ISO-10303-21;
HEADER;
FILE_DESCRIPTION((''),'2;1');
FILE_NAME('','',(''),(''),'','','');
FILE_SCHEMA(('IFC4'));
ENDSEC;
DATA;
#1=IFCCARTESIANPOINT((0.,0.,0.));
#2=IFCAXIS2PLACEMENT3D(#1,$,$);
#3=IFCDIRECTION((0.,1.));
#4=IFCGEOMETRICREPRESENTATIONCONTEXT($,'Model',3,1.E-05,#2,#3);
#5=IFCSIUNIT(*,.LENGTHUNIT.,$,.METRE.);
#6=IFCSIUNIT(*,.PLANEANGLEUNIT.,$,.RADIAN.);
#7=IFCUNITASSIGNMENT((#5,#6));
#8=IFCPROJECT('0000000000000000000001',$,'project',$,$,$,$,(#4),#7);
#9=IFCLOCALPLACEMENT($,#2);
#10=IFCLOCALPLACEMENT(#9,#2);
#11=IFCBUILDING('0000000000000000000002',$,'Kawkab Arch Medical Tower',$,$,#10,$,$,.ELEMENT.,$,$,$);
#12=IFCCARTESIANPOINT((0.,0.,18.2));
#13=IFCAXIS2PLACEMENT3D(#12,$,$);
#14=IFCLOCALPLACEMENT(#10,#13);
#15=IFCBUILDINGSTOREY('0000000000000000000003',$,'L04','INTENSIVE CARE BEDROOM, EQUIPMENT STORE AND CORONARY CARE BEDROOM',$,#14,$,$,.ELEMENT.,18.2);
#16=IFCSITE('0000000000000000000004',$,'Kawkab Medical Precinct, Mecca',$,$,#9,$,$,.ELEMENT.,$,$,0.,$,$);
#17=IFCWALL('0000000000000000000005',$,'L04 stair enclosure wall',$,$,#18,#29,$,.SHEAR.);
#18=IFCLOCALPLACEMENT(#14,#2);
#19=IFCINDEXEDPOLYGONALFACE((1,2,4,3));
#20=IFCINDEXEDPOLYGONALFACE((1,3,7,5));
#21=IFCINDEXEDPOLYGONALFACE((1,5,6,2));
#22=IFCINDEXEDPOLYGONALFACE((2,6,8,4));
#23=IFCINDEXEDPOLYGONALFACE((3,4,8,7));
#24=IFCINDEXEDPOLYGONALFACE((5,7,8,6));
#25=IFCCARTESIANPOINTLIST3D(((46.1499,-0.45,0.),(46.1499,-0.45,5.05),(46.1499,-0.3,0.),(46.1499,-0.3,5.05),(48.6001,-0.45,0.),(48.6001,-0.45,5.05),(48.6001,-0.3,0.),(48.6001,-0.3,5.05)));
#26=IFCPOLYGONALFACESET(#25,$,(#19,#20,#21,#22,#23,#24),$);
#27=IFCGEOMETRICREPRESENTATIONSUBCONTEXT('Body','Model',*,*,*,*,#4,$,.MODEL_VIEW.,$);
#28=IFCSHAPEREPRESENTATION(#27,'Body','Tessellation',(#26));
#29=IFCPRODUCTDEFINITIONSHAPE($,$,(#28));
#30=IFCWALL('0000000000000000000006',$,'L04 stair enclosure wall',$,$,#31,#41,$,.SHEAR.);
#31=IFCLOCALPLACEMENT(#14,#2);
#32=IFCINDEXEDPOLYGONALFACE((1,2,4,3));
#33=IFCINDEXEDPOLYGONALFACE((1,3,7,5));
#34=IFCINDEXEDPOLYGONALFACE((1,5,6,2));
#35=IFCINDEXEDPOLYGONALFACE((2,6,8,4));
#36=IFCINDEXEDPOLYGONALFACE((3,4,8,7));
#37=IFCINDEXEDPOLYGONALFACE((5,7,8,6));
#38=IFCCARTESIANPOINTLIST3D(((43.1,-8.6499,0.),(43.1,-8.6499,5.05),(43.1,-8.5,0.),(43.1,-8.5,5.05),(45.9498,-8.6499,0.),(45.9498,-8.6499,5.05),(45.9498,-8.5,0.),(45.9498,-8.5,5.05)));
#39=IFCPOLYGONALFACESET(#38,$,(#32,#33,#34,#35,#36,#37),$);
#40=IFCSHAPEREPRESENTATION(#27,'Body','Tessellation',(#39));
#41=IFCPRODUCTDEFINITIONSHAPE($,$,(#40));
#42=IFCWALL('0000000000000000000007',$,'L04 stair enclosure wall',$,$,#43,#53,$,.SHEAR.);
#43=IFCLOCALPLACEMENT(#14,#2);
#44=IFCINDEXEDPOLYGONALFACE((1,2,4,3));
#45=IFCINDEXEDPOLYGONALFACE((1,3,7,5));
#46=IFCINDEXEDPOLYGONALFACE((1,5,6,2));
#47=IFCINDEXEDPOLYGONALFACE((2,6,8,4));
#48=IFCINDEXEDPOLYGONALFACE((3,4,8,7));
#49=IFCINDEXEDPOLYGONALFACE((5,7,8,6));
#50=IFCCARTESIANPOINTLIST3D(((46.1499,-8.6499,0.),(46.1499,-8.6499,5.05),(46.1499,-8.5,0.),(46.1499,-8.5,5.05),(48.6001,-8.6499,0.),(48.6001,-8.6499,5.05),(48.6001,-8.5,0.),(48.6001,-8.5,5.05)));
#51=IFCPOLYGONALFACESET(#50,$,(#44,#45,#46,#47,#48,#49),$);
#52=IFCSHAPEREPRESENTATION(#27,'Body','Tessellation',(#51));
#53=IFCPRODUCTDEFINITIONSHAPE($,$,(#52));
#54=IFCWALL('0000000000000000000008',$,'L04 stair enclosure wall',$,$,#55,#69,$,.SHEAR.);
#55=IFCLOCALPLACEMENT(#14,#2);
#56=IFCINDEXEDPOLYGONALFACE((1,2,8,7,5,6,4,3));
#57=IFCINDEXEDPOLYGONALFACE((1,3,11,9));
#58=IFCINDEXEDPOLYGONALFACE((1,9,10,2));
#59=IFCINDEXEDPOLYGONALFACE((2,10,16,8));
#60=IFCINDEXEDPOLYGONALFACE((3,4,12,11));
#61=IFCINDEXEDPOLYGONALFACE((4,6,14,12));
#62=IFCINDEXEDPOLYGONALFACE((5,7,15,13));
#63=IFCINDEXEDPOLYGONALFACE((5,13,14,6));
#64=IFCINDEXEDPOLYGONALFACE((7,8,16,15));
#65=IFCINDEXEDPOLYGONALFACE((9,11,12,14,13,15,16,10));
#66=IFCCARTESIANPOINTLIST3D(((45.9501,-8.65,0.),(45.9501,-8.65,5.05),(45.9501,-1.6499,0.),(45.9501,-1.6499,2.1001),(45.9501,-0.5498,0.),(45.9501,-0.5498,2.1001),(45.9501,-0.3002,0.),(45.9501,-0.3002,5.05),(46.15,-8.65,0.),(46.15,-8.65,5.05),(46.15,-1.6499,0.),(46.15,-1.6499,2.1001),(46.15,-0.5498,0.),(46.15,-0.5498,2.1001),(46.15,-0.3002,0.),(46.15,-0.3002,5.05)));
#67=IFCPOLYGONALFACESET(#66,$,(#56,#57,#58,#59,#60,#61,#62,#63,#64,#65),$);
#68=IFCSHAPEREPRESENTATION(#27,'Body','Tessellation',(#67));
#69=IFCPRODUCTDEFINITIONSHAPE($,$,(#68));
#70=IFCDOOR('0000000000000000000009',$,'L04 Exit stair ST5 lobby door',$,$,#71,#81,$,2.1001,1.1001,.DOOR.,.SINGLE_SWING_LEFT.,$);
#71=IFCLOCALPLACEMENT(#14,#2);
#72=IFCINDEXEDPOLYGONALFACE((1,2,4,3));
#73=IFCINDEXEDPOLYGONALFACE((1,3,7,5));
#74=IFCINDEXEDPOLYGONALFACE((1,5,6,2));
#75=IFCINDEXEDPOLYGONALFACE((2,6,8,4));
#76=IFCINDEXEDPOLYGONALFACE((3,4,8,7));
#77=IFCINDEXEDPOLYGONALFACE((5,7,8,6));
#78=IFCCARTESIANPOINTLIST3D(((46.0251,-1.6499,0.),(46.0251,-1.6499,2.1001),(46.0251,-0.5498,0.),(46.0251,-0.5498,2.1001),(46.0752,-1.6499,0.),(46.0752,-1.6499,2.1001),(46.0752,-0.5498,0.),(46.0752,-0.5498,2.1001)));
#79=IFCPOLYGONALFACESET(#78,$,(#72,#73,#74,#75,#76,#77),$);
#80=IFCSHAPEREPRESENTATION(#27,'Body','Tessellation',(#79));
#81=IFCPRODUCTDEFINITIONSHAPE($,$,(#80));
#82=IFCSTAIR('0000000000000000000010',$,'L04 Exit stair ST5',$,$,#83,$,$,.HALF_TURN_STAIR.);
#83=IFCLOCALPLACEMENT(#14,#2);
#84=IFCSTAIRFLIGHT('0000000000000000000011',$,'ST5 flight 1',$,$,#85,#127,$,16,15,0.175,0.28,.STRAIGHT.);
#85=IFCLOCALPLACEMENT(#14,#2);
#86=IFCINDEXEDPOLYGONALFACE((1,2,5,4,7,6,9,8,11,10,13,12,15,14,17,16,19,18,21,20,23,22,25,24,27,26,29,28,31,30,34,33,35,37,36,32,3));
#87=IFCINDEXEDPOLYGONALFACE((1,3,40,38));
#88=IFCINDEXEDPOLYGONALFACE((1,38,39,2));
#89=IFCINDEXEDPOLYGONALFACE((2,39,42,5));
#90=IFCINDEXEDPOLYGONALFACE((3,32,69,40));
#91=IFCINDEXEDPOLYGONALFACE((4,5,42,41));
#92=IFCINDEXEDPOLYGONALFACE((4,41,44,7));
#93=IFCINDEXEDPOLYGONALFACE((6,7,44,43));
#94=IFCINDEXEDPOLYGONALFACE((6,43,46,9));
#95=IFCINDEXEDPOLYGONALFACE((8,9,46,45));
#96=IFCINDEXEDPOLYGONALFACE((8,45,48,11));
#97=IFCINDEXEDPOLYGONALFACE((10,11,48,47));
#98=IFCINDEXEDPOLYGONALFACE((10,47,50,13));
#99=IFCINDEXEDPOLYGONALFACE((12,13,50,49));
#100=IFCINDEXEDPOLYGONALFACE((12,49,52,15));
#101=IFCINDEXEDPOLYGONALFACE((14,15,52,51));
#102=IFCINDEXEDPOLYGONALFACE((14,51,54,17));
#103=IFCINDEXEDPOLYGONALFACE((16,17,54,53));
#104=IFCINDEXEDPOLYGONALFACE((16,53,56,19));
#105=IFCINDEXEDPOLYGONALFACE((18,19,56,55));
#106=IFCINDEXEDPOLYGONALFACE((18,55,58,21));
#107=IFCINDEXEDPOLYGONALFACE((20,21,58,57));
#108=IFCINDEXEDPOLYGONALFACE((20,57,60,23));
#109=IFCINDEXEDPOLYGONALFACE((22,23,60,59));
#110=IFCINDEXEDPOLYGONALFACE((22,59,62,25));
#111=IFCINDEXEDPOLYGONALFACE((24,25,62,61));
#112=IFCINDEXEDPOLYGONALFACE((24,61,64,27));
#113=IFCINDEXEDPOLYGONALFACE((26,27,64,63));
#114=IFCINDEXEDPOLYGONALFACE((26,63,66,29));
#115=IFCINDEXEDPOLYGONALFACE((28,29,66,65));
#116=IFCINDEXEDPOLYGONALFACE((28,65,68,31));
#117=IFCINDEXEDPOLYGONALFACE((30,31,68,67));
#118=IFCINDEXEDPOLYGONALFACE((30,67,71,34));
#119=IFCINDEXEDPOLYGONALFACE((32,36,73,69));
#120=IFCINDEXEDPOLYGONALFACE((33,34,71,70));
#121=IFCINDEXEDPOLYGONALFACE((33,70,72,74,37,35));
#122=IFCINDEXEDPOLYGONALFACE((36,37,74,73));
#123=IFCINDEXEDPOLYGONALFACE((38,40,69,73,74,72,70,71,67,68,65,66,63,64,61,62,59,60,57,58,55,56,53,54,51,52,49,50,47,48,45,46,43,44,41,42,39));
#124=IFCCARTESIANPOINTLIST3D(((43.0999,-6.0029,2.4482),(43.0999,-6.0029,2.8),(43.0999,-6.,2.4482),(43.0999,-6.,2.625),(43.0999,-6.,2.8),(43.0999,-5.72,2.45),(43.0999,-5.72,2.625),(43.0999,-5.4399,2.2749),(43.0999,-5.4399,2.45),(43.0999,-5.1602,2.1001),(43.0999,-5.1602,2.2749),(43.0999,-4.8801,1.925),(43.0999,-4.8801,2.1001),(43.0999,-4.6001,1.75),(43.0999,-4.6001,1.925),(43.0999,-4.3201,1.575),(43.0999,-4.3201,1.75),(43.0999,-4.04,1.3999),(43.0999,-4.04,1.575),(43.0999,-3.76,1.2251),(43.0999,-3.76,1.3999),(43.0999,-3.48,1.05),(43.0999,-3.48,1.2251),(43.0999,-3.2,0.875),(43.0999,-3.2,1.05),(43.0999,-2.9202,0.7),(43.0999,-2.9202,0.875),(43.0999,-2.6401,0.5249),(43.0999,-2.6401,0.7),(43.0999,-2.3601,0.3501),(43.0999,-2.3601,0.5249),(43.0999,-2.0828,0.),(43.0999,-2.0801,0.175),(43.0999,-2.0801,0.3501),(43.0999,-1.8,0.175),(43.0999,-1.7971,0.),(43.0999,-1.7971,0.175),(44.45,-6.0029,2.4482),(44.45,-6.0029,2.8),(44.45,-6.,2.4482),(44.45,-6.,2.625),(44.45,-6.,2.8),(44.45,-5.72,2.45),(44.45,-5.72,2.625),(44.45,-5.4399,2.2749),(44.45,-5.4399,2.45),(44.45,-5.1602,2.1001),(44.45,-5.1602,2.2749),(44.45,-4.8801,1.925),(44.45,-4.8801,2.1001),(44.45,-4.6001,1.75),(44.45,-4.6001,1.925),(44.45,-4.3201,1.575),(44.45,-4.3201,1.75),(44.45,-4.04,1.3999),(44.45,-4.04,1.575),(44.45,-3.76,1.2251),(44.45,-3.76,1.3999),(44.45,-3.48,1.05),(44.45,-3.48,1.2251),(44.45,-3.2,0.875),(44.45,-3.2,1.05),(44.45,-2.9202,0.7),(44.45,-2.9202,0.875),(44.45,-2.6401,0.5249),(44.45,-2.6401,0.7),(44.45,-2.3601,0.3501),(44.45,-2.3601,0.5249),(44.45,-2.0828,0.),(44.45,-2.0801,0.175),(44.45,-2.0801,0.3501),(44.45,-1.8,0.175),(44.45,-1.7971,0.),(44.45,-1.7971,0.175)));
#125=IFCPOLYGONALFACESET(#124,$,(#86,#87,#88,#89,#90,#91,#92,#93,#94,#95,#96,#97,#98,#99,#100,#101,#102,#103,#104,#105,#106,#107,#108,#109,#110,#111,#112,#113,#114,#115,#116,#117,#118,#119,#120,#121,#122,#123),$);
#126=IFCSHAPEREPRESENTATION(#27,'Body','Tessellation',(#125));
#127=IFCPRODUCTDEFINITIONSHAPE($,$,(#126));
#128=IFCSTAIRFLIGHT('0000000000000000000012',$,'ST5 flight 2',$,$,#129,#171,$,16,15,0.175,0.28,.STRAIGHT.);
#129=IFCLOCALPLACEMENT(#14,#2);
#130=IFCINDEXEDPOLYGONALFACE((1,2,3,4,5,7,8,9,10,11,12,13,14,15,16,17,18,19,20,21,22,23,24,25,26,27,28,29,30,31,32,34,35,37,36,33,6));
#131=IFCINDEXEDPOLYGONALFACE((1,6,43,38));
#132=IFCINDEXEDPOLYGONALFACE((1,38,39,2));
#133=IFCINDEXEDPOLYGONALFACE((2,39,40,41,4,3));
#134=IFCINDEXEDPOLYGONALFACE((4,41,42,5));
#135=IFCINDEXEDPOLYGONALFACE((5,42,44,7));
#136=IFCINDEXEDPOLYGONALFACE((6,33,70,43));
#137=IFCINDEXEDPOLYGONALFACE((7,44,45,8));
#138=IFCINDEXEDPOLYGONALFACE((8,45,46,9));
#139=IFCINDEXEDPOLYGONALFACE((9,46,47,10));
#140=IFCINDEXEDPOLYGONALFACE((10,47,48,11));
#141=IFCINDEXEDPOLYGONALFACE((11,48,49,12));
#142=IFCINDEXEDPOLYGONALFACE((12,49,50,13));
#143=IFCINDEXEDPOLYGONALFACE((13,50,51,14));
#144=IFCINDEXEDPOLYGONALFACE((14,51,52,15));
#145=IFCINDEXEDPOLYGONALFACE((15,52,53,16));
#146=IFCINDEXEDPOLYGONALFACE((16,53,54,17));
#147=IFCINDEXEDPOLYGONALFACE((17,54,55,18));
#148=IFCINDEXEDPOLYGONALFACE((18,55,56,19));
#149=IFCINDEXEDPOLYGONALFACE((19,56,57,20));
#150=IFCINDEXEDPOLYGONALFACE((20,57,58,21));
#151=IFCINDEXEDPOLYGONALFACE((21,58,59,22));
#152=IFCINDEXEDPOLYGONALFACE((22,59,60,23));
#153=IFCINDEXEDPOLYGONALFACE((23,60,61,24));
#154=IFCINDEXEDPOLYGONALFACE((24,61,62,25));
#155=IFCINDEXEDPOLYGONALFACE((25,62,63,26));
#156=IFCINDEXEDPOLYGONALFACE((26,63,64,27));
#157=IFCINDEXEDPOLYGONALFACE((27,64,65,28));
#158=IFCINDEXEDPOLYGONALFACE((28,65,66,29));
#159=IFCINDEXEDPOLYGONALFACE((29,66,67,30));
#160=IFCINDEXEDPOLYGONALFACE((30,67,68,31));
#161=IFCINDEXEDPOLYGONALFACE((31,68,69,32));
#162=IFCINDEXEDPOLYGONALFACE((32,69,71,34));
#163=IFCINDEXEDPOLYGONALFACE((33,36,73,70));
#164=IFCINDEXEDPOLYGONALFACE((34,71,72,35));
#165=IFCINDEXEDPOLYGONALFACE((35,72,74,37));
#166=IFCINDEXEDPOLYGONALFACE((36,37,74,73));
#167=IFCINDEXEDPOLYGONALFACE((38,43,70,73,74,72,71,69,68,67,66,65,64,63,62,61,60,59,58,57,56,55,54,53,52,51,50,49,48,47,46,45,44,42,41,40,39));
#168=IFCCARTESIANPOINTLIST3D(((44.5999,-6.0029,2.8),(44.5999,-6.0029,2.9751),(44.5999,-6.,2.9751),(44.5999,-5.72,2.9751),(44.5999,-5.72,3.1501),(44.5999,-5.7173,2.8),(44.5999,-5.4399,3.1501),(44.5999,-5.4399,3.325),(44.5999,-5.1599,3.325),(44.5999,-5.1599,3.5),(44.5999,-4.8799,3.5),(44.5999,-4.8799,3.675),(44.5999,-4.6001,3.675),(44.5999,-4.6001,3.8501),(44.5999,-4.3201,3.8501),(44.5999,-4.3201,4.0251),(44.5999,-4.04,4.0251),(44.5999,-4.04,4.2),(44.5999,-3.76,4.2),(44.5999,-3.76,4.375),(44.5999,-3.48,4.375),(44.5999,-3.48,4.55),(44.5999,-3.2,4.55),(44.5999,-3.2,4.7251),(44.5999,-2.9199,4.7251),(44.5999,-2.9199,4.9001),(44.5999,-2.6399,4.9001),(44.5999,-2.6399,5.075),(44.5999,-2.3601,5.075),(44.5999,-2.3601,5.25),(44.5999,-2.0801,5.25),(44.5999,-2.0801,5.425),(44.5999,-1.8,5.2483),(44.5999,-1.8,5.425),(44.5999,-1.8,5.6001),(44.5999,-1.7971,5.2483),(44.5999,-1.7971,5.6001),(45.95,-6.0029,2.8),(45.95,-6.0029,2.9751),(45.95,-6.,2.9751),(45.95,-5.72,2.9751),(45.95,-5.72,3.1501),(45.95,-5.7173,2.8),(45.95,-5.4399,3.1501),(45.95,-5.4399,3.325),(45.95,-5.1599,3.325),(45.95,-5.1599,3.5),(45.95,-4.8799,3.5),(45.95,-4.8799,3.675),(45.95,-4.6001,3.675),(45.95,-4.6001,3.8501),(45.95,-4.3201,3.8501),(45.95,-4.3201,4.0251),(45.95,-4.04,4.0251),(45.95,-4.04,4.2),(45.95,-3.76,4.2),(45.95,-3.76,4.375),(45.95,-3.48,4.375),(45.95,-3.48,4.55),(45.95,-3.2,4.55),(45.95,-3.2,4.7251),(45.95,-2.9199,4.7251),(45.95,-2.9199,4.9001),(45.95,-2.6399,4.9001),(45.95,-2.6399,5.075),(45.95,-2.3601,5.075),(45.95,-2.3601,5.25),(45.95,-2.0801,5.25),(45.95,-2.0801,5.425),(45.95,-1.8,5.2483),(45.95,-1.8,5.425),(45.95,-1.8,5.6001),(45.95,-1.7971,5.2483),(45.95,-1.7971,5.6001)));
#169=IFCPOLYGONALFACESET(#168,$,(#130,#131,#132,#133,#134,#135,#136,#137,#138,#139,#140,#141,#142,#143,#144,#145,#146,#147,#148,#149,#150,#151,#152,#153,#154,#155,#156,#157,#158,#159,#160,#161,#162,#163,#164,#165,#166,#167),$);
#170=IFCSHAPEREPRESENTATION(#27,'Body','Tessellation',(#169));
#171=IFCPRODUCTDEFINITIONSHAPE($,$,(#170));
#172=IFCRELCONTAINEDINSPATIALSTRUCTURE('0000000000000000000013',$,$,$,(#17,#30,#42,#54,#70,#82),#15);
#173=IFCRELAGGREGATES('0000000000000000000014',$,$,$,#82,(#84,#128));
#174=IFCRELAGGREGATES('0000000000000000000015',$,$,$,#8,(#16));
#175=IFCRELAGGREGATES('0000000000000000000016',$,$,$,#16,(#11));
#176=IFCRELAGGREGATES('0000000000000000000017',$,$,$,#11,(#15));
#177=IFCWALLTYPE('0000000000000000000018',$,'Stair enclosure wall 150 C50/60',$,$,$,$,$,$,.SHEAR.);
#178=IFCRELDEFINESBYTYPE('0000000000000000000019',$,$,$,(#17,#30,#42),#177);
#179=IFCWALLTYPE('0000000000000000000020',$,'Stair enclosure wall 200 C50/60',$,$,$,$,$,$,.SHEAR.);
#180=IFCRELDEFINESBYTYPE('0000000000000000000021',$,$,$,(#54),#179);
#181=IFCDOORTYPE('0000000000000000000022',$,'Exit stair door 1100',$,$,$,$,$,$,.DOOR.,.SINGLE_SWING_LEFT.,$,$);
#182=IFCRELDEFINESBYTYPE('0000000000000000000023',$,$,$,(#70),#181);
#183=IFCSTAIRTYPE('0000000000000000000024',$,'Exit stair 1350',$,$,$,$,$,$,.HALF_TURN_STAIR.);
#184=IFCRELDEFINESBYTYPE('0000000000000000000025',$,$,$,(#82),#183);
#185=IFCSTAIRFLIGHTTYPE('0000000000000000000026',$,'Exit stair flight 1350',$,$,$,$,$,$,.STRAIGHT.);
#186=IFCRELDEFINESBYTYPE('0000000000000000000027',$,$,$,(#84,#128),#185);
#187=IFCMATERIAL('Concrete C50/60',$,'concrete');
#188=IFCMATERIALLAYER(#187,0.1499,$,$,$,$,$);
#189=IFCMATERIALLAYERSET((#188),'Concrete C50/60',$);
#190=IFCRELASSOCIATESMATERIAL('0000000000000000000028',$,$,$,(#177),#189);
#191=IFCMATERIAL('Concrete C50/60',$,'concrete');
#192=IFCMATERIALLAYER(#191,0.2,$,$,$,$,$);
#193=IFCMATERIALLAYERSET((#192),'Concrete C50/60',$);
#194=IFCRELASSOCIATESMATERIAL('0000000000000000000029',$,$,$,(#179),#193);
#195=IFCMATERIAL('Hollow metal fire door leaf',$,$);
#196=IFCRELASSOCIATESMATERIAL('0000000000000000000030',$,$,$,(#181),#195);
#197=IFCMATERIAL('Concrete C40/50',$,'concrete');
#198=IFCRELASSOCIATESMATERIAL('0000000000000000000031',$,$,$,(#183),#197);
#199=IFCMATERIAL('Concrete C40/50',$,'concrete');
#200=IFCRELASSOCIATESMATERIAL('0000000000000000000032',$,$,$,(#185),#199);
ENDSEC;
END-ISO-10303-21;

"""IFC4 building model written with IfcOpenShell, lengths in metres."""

from ifc_helpers import new_model, si_unit, direction, frame, frame_2d, origin, place, context, subcontext, project, spatial, polyline, rectangle, outline, extrude, material, layer, layer_set, type_object, element, fill, aggregate, save


model = new_model("IFC4")

# Units and contexts
model_context = context("Model", 3, precision=1e-05, world=origin(), true_north=direction((0.0, 1.0)))
body_context = subcontext(model_context, "Body", "Model", "MODEL_VIEW")
ifc_project = project(units=[si_unit("LENGTHUNIT", "METRE"), si_unit("PLANEANGLEUNIT", "RADIAN")], contexts=[model_context])

# Site, building, storey
site_placement = place(None, origin())
site = spatial("IfcSite", under=ifc_project, at=site_placement, Name="Kawkab Medical Precinct, Mecca", CompositionType="ELEMENT", RefElevation=0.0)
building_placement = place(site_placement, origin())
building = spatial("IfcBuilding", under=site, at=building_placement, Name="Kawkab Arch Medical Tower", CompositionType="ELEMENT")
storey_placement = place(building_placement, frame((0.0, 0.0, 18.2)))
storey = spatial("IfcBuildingStorey", under=building, at=storey_placement, Name="L04", Description="INTENSIVE CARE BEDROOM, EQUIPMENT STORE AND CORONARY CARE BEDROOM", CompositionType="ELEMENT", Elevation=18.2)

# Walls
ifc_material_1 = material(Name="Concrete C50/60", Category="concrete")
ifc_layer_1 = layer(ifc_material_1, 0.1499)
ifc_layer_set_1 = layer_set([ifc_layer_1], Name="Concrete C50/60")
wall_type_1 = type_object("IfcWallType", Name="Stair enclosure wall 150 C50/60", PredefinedType="SHEAR", material=ifc_layer_set_1)
wall_1_placement = place(storey_placement, frame((46.1499, -0.375, 0.0), z_axis=(0.0, 0.0, 1.0), x_axis=(1.0, 0.0, 0.0)))
element("IfcWall", 1, at=wall_1_placement, inside=storey, type_object=wall_type_1, Name="L04 stair enclosure wall", PredefinedType="SHEAR", context=body_context, shape_type="SweptSolid", body=[
    extrude(rectangle(XDim=2.4502, YDim=0.1499, at=frame_2d((1.2251, 0.0))), origin(), (0.0, 0.0, 1.0), 5.05),
])
wall_2_placement = place(storey_placement, frame((43.1001, -8.575, 0.0), z_axis=(0.0, 0.0, 1.0), x_axis=(1.0, 0.0, 0.0)))
element("IfcWall", 2, at=wall_2_placement, inside=storey, type_object=wall_type_1, Name="L04 stair enclosure wall", PredefinedType="SHEAR", context=body_context, shape_type="SweptSolid", body=[
    extrude(rectangle(XDim=2.8499, YDim=0.1499, at=frame_2d((1.4248, 0.0))), origin(), (0.0, 0.0, 1.0), 5.05),
])
wall_3_placement = place(storey_placement, frame((46.1499, -8.575, 0.0), z_axis=(0.0, 0.0, 1.0), x_axis=(1.0, 0.0, 0.0)))
element("IfcWall", 3, at=wall_3_placement, inside=storey, type_object=wall_type_1, Name="L04 stair enclosure wall", PredefinedType="SHEAR", context=body_context, shape_type="SweptSolid", body=[
    extrude(rectangle(XDim=2.4502, YDim=0.1499, at=frame_2d((1.2251, 0.0))), origin(), (0.0, 0.0, 1.0), 5.05),
])

# Wall, opening, door
ifc_material_2 = material(Name="Concrete C50/60", Category="concrete")
ifc_layer_2 = layer(ifc_material_2, 0.2)
ifc_layer_set_2 = layer_set([ifc_layer_2], Name="Concrete C50/60")
wall_type_2 = type_object("IfcWallType", Name="Stair enclosure wall 200 C50/60", PredefinedType="SHEAR", material=ifc_layer_set_2)
wall_4_placement = place(storey_placement, frame((46.05, -8.6499, 0.0), z_axis=(0.0, 0.0, 1.0), x_axis=(0.0, 1.0, 0.0)))
wall_4 = element("IfcWall", 4, at=wall_4_placement, inside=storey, type_object=wall_type_2, Name="L04 stair enclosure wall", PredefinedType="SHEAR", context=body_context, shape_type="SweptSolid", body=[
    extrude(rectangle(XDim=8.3499, YDim=0.2, at=frame_2d((4.1748, 0.0))), origin(), (0.0, 0.0, 1.0), 5.05),
])
opening_1_placement = place(wall_4_placement, frame((7.0, 0.0, 0.0)))
opening_1 = element("IfcOpeningElement", 5, at=opening_1_placement, cuts=wall_4, PredefinedType="OPENING", context=body_context, shape_type="SweptSolid", body=[
    extrude(rectangle(XDim=1.1001, YDim=2.1001, at=frame_2d((0.55, 1.05))), frame((0.0, 0.1099, 0.0), z_axis=(0.0, -1.0, 0.0), x_axis=(1.0, 0.0, 0.0)), (0.0, 0.0, 1.0), 0.22),
])
ifc_material_3 = material(Name="Hollow metal fire door leaf")
door_type_1 = type_object("IfcDoorType", Name="Exit stair door 1100", OperationType="SINGLE_SWING_LEFT", PredefinedType="DOOR", material=ifc_material_3)
door_1_placement = place(opening_1_placement, origin())
door_1 = element("IfcDoor", 6, at=door_1_placement, inside=storey, type_object=door_type_1, Name="L04 Exit stair ST5 lobby door", OperationType="SINGLE_SWING_LEFT", OverallHeight=2.1001, OverallWidth=1.1001, PredefinedType="DOOR", context=body_context, shape_type="SweptSolid", body=[
    extrude(rectangle(XDim=1.1001, YDim=2.1001, at=frame_2d((0.55, 1.05))), frame((0.0, 0.0249, 0.0), z_axis=(0.0, -1.0, 0.0), x_axis=(1.0, 0.0, 0.0)), (0.0, 0.0, 1.0), 0.05),
])
fill(opening_1, door_1)

# Stair, stair flights
ifc_material_4 = material(Name="Concrete C40/50", Category="concrete")
stair_type = type_object("IfcStairType", Name="Exit stair 1350", PredefinedType="HALF_TURN_STAIR", material=ifc_material_4)
stair_placement = place(storey_placement, origin())
stair = element("IfcStair", 7, at=stair_placement, inside=storey, type_object=stair_type, Name="L04 Exit stair ST5", PredefinedType="HALF_TURN_STAIR")
ifc_material_5 = material(Name="Concrete C40/50", Category="concrete")
stair_flight_type = type_object("IfcStairFlightType", Name="Exit stair flight 1350", PredefinedType="STRAIGHT", material=ifc_material_5)
stair_flight_1_placement = place(storey_placement, frame((43.7749, -1.8, 0.0), z_axis=(0.0, 0.0, 1.0), x_axis=(0.0, -1.0, 0.0)))
stair_flight_1 = element("IfcStairFlight", 8, at=stair_flight_1_placement, type_object=stair_flight_type, Name="ST5 flight 1", NumberOfRisers=16, NumberOfTreads=15, PredefinedType="STRAIGHT", RiserHeight=0.175, TreadLength=0.28, context=body_context, shape_type="SweptSolid", body=[
    extrude(outline(polyline([(-0.0029, 0.0), (-0.0029, 0.175), (0.0, 0.175), (0.28, 0.175), (0.28, 0.3501), (0.5601, 0.3501), (0.5601, 0.5249), (0.8401, 0.5249), (0.8401, 0.7), (1.1201, 0.7), (1.1201, 0.875), (1.3999, 0.875), (1.3999, 1.05), (1.6799, 1.05), (1.6799, 1.2251), (1.96, 1.2251), (1.96, 1.3999), (2.24, 1.3999), (2.24, 1.575), (2.52, 1.575), (2.52, 1.75), (2.8, 1.75), (2.8, 1.925), (3.0801, 1.925), (3.0801, 2.1001), (3.3601, 2.1001), (3.3601, 2.2749), (3.6399, 2.2749), (3.6399, 2.45), (3.9199, 2.45), (3.9199, 2.625), (4.2, 2.625), (4.2, 2.8), (4.2029, 2.8), (4.2029, 2.4482), (4.2, 2.4482), (0.2827, 0.0), (-0.0029, 0.0)])), frame((0.0, 0.675, 0.0), z_axis=(0.0, -1.0, 0.0), x_axis=(1.0, 0.0, 0.0)), (0.0, 0.0, 1.0), 1.3501),
])
stair_flight_2_placement = place(storey_placement, frame((45.2749, -6.0, 2.8), z_axis=(0.0, 0.0, 1.0), x_axis=(0.0, 1.0, 0.0)))
stair_flight_2 = element("IfcStairFlight", 9, at=stair_flight_2_placement, type_object=stair_flight_type, Name="ST5 flight 2", NumberOfRisers=16, NumberOfTreads=15, PredefinedType="STRAIGHT", RiserHeight=0.175, TreadLength=0.28, context=body_context, shape_type="SweptSolid", body=[
    extrude(outline(polyline([(-0.0029, 0.0), (-0.0029, 0.175), (0.0, 0.175), (0.28, 0.175), (0.28, 0.3501), (0.5601, 0.3501), (0.5601, 0.5249), (0.8401, 0.5249), (0.8401, 0.7), (1.1201, 0.7), (1.1201, 0.875), (1.3999, 0.875), (1.3999, 1.05), (1.6799, 1.05), (1.6799, 1.2251), (1.96, 1.2251), (1.96, 1.3999), (2.24, 1.3999), (2.24, 1.575), (2.52, 1.575), (2.52, 1.75), (2.8, 1.75), (2.8, 1.925), (3.0801, 1.925), (3.0801, 2.1001), (3.3601, 2.1001), (3.3601, 2.2749), (3.6399, 2.2749), (3.6399, 2.45), (3.9199, 2.45), (3.9199, 2.625), (4.2, 2.625), (4.2, 2.8), (4.2029, 2.8), (4.2029, 2.4482), (4.2, 2.4482), (0.2827, 0.0), (-0.0029, 0.0)])), frame((0.0, 0.675, 0.0), z_axis=(0.0, -1.0, 0.0), x_axis=(1.0, 0.0, 0.0)), (0.0, 0.0, 1.0), 1.3501),
])
aggregate(stair, [stair_flight_1, stair_flight_2])

save(model, "model.ifc")
